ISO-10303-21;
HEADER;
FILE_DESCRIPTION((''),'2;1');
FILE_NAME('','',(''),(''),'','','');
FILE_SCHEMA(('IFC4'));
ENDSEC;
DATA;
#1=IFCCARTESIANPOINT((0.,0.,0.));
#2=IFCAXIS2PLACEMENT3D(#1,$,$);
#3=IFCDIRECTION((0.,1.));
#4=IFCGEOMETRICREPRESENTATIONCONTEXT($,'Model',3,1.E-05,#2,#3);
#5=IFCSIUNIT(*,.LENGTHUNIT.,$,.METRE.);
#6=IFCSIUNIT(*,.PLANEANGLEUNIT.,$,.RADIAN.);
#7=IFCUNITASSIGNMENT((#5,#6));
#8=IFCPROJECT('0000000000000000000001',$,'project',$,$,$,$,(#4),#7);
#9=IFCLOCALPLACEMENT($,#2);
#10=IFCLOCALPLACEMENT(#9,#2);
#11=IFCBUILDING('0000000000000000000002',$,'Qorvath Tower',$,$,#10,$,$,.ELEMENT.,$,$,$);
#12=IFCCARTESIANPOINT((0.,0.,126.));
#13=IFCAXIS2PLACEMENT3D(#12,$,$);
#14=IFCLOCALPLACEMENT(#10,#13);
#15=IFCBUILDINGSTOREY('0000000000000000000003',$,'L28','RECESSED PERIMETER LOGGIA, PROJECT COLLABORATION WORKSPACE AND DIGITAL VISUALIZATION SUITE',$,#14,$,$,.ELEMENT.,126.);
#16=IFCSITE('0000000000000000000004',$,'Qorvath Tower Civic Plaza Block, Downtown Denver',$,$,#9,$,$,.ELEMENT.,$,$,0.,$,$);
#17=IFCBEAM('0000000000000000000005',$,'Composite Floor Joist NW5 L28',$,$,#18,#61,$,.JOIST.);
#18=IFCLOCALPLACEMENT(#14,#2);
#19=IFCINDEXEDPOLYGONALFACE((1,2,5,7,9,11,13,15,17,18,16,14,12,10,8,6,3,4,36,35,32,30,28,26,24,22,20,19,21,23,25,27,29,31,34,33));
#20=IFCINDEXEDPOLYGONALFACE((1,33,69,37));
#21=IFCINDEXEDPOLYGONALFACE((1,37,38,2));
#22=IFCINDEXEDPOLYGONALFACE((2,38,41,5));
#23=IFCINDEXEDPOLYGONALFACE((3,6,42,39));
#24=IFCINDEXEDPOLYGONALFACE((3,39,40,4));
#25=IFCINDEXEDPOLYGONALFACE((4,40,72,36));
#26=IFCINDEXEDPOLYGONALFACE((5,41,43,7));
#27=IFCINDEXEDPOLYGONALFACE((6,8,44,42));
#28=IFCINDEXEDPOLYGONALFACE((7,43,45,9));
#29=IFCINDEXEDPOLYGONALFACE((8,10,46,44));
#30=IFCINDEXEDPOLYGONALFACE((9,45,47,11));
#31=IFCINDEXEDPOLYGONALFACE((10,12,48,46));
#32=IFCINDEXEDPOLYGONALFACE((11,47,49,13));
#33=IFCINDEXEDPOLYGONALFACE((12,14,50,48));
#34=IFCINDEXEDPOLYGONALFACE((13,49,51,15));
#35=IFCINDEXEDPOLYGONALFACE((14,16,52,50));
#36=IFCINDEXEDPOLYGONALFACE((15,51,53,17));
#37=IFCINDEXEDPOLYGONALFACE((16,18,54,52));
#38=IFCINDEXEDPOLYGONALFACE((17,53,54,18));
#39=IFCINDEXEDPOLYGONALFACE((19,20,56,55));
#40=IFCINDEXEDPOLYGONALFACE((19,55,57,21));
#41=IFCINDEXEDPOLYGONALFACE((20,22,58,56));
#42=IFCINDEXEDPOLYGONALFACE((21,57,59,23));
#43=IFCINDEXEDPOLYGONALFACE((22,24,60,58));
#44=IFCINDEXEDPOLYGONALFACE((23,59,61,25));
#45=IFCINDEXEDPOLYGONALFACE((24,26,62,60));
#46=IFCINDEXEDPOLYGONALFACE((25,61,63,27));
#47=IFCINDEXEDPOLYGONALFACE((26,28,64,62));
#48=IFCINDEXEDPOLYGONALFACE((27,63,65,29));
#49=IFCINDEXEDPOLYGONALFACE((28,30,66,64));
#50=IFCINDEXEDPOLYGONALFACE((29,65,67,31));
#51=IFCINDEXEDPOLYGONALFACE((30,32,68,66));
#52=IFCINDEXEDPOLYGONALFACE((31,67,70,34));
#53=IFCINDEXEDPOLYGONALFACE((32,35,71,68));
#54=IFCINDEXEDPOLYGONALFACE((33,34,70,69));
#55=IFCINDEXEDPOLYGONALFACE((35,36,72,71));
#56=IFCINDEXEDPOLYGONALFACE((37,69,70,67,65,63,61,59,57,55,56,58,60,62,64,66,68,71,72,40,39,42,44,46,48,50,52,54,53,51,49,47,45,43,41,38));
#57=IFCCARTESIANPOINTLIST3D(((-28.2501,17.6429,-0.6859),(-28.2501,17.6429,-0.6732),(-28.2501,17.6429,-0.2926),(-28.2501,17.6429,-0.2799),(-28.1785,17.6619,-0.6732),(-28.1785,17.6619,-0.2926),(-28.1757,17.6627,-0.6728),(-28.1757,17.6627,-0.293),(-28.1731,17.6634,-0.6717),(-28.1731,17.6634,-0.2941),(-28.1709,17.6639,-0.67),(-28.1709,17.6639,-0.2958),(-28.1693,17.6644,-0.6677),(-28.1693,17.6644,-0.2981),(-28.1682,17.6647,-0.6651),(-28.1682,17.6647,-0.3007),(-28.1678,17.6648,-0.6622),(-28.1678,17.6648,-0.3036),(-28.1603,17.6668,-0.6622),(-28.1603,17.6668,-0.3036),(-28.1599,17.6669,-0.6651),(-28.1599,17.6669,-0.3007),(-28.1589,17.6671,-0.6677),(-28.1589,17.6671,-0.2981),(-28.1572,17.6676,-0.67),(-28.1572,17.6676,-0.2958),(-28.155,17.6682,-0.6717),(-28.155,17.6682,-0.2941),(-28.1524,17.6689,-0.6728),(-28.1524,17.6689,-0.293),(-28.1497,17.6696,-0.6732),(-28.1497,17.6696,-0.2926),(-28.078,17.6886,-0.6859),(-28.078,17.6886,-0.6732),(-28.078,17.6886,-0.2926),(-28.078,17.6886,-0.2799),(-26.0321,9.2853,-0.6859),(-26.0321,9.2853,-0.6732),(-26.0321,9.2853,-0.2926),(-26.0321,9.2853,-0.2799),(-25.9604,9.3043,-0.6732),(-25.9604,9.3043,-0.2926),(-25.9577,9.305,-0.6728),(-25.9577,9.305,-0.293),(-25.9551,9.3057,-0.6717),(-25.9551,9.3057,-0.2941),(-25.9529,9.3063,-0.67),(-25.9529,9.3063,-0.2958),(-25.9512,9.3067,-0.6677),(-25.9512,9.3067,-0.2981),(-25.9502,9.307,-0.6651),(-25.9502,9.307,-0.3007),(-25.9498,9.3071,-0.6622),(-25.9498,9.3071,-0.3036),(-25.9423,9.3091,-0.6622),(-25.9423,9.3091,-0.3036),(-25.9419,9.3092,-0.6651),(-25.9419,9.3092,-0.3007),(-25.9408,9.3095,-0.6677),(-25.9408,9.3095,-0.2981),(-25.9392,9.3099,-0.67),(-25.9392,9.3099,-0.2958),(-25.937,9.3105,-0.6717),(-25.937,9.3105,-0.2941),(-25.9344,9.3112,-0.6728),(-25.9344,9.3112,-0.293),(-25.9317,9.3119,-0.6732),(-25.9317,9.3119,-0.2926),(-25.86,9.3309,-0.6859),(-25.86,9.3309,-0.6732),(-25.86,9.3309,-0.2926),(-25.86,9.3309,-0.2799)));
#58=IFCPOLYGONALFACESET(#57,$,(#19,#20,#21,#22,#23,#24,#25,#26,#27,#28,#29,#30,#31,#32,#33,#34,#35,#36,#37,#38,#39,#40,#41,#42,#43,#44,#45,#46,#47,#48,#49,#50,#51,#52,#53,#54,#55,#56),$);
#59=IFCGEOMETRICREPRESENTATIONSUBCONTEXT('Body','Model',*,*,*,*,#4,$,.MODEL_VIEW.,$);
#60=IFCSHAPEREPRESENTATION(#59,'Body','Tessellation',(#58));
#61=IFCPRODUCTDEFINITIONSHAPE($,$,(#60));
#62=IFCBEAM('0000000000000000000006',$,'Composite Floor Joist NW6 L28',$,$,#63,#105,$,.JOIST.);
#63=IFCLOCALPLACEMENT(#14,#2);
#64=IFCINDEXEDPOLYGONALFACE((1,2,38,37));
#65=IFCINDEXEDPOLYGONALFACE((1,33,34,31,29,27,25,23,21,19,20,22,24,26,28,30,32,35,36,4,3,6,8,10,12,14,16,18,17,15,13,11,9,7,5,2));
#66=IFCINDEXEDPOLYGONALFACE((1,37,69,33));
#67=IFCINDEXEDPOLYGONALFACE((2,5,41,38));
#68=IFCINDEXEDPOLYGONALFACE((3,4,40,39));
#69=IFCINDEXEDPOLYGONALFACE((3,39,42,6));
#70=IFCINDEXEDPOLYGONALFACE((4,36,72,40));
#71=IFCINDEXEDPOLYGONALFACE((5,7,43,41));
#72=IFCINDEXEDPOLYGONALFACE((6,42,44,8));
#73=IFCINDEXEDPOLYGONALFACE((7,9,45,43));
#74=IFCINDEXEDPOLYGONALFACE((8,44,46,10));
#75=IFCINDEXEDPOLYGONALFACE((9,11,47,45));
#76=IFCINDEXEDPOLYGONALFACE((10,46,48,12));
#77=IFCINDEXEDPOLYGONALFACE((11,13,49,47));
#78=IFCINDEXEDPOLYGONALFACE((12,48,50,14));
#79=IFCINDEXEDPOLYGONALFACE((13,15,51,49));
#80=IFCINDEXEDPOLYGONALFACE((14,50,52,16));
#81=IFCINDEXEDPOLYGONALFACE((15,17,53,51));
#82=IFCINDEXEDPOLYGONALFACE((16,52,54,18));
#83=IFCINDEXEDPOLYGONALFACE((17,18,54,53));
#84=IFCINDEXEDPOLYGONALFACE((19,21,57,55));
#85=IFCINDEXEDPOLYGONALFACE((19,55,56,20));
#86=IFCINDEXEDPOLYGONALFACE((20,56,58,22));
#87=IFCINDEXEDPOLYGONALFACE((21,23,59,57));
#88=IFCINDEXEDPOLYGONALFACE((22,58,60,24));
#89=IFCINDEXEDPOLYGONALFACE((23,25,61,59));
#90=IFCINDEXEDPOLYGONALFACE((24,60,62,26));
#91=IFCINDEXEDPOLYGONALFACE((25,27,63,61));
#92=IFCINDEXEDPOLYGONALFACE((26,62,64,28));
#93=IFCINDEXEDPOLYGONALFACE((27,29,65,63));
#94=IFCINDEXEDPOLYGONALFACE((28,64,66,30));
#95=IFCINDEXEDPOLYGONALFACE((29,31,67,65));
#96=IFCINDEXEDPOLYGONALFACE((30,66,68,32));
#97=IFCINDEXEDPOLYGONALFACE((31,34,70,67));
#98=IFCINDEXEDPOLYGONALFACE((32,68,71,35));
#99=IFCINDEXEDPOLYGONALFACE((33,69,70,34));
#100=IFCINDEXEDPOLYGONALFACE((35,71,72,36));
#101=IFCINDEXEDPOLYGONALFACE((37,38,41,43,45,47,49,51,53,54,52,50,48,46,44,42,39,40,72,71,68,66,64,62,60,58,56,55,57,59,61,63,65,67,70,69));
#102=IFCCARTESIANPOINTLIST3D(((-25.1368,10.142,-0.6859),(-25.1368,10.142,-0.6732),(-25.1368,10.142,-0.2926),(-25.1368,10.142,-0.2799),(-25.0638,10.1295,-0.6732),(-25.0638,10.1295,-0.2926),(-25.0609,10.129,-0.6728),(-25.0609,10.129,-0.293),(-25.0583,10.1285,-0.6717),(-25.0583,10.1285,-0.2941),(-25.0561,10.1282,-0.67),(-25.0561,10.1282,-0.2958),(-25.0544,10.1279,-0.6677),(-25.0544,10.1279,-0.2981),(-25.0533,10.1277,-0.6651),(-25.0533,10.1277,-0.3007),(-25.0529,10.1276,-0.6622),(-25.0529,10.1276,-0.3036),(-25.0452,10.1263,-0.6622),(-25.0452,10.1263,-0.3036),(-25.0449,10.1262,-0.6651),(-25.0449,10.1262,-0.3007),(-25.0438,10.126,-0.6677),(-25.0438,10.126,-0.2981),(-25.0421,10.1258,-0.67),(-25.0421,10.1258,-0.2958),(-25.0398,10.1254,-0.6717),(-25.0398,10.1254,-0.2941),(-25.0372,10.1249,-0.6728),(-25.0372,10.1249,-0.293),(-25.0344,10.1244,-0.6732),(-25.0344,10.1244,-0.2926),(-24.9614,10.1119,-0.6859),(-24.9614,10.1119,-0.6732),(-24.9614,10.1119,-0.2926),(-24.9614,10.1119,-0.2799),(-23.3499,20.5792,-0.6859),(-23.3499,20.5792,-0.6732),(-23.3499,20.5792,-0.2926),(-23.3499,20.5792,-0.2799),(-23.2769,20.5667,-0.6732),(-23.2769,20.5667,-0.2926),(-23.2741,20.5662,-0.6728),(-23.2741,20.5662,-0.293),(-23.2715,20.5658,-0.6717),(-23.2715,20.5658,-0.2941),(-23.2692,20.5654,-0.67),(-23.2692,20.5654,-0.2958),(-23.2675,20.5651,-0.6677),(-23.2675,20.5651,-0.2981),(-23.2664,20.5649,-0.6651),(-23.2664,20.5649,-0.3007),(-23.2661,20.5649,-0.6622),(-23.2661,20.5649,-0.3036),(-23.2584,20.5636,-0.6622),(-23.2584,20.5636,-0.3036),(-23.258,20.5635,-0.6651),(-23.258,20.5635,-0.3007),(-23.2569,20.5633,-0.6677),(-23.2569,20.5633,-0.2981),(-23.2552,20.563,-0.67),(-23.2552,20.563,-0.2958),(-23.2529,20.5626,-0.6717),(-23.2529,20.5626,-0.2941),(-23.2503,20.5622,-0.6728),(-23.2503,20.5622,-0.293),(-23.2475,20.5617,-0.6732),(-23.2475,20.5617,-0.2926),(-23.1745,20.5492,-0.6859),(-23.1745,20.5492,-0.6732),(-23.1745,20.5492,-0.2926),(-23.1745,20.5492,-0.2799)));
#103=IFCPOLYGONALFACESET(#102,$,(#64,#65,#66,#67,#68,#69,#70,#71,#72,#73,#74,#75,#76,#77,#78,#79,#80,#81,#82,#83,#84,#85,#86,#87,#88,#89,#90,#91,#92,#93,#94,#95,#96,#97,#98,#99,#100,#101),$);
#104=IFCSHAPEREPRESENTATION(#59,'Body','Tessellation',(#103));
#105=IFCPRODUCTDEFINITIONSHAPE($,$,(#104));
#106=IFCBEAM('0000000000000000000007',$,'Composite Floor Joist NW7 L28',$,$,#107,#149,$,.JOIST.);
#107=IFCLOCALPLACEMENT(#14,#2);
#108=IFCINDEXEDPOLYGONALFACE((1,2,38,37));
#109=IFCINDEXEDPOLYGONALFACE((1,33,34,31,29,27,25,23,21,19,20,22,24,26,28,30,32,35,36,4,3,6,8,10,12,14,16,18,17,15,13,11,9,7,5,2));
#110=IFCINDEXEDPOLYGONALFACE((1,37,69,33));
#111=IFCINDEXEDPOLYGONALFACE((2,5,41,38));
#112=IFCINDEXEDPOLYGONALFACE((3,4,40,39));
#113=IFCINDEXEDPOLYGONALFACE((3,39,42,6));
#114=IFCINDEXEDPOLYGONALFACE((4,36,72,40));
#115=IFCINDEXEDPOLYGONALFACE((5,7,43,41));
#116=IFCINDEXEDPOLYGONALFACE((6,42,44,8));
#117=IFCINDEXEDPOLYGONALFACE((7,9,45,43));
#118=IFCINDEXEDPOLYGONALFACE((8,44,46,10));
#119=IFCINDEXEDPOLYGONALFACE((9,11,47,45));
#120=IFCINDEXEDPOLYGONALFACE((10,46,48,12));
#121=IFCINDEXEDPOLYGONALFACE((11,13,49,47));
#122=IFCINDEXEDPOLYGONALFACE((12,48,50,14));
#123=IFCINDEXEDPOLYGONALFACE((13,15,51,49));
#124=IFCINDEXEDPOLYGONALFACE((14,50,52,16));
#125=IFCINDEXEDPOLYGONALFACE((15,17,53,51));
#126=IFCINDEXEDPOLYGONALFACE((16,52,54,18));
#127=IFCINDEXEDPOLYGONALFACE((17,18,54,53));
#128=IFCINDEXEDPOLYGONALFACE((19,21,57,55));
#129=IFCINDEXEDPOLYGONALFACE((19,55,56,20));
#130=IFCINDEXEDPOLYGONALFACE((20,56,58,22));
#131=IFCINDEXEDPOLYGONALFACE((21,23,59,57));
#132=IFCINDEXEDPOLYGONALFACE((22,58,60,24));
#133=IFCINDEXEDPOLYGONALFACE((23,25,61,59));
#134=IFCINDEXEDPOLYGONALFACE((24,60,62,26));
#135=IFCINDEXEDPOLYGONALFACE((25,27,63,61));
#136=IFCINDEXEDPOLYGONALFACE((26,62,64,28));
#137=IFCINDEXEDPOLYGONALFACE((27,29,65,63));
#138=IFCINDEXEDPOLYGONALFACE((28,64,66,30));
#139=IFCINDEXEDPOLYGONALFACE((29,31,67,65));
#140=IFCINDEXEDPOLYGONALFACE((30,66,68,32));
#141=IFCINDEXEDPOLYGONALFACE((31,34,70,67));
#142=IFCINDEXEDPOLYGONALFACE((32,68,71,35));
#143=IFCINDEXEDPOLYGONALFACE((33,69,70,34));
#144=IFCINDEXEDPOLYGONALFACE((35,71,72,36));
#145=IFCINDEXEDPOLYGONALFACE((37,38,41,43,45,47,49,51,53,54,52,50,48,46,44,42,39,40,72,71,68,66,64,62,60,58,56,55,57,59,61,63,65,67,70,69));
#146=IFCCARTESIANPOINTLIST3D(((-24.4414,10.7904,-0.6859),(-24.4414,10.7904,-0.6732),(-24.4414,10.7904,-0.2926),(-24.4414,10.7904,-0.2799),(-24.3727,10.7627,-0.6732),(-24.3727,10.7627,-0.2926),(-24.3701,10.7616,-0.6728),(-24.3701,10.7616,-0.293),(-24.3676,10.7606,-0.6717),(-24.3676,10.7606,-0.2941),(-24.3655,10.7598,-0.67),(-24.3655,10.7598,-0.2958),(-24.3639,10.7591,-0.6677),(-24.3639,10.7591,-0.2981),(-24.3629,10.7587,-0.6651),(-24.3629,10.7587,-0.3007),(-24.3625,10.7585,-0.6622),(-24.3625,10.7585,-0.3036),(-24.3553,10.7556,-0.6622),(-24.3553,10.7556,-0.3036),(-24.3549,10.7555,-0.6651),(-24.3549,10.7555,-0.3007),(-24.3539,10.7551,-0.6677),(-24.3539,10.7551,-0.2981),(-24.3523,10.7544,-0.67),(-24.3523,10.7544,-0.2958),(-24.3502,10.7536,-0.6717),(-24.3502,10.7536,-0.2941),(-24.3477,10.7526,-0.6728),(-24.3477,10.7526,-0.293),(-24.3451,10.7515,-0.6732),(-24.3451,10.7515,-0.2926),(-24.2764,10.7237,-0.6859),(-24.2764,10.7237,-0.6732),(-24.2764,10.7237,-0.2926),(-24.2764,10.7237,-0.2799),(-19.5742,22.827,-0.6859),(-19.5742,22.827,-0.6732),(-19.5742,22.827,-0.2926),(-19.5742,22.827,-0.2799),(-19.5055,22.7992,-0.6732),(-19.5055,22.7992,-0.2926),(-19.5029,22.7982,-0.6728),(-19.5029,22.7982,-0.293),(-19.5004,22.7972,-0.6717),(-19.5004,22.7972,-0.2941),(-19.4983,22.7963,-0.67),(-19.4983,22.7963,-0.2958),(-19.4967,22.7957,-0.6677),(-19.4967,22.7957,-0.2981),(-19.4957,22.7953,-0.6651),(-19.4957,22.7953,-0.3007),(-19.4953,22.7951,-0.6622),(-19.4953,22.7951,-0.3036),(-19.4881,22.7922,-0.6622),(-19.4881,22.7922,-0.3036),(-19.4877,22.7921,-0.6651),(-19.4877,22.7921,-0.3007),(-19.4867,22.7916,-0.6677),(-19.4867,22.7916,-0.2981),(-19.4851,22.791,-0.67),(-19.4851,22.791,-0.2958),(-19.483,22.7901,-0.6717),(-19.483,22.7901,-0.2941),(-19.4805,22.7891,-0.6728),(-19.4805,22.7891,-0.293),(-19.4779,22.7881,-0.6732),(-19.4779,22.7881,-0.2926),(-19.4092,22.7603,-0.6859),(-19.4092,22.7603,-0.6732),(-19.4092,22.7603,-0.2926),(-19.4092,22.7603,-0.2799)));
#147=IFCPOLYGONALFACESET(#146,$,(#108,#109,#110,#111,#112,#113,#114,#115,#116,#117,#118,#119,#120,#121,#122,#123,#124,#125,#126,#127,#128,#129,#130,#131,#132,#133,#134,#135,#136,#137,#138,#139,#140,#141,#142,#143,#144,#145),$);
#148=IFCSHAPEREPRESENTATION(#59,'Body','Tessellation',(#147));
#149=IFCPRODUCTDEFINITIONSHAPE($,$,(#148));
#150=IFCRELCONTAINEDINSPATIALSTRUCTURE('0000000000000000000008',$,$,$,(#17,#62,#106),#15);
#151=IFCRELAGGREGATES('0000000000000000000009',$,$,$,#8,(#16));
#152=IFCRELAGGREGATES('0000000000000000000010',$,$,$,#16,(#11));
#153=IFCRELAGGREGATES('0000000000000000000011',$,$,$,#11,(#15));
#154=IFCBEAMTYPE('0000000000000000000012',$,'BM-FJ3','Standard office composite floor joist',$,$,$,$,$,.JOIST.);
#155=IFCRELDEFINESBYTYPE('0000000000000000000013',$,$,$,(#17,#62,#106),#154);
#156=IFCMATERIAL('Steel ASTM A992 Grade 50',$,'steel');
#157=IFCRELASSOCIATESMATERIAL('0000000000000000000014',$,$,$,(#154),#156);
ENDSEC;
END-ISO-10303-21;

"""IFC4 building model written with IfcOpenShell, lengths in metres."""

from ifc_helpers import new_model, si_unit, direction, frame, origin, origin_2d, place, context, subcontext, project, spatial, i_section, extrude, material, material_profile, profile_set, type_object, element, save


model = new_model("IFC4")

# Units and contexts
model_context = context("Model", 3, precision=1e-05, world=origin(), true_north=direction((0.0, 1.0)))
body_context = subcontext(model_context, "Body", "Model", "MODEL_VIEW")
ifc_project = project(units=[si_unit("LENGTHUNIT", "METRE"), si_unit("PLANEANGLEUNIT", "RADIAN")], contexts=[model_context])

# Site, building, storey
site_placement = place(None, origin())
site = spatial("IfcSite", under=ifc_project, at=site_placement, Name="Qorvath Tower Civic Plaza Block, Downtown Denver", CompositionType="ELEMENT", RefElevation=0.0)
building_placement = place(site_placement, origin())
building = spatial("IfcBuilding", under=site, at=building_placement, Name="Qorvath Tower", CompositionType="ELEMENT")
storey_placement = place(building_placement, frame((0.0, 0.0, 126.0)))
storey = spatial("IfcBuildingStorey", under=building, at=storey_placement, Name="L28", Description="RECESSED PERIMETER LOGGIA, PROJECT COLLABORATION WORKSPACE AND DIGITAL VISUALIZATION SUITE", CompositionType="ELEMENT", Elevation=126.0)

# Beams
ifc_material_1 = material(Name="Steel ASTM A992 Grade 50", Category="steel")
ifc_material_profile_1 = material_profile(ifc_material_1, i_section(OverallWidth=0.178, OverallDepth=0.406, WebThickness=0.0078, FlangeThickness=0.0127, FilletRadius=0.011, at=origin_2d()), Name="W16x40")
ifc_profile_set_1 = profile_set([ifc_material_profile_1], Name="Steel ASTM A992 Grade 50")
beam_type_1 = type_object("IfcBeamType", Name="BM-FJ3", Description="Standard office composite floor joist", PredefinedType="JOIST", material=ifc_profile_set_1)
beam_1_placement = place(storey_placement, frame((-25.946, 9.3081, -0.4829), z_axis=(-0.256508, 0.966542, 0.0), x_axis=(-0.966542, -0.256508, 0.0)))
element("IfcBeam", 1, at=beam_1_placement, inside=storey, type_object=beam_type_1, Name="Composite Floor Joist NW5 L28", PredefinedType="JOIST", context=body_context, shape_type="SweptSolid", body=[
    extrude(i_section(OverallWidth=0.178, OverallDepth=0.406, WebThickness=0.0078, FlangeThickness=0.0127, FilletRadius=0.011, at=origin_2d()), origin(), (0.0, 0.0, 1.0), 8.647),
])
beam_2_placement = place(storey_placement, frame((-25.0491, 10.127, -0.4829), z_axis=(0.168746, 0.98566, 0.0), x_axis=(-0.98566, 0.168746, 0.0)))
element("IfcBeam", 2, at=beam_2_placement, inside=storey, type_object=beam_type_1, Name="Composite Floor Joist NW6 L28", PredefinedType="JOIST", context=body_context, shape_type="SweptSolid", body=[
    extrude(i_section(OverallWidth=0.178, OverallDepth=0.406, WebThickness=0.0078, FlangeThickness=0.0127, FilletRadius=0.011, at=origin_2d()), origin(), (0.0, 0.0, 1.0), 10.5891),
])
beam_3_placement = place(storey_placement, frame((-24.3589, 10.7571, -0.4829), z_axis=(0.374877, 0.927075, 0.0), x_axis=(-0.927075, 0.374877, 0.0)))
element("IfcBeam", 3, at=beam_3_placement, inside=storey, type_object=beam_type_1, Name="Composite Floor Joist NW7 L28", PredefinedType="JOIST", context=body_context, shape_type="SweptSolid", body=[
    extrude(i_section(OverallWidth=0.178, OverallDepth=0.406, WebThickness=0.0078, FlangeThickness=0.0127, FilletRadius=0.011, at=origin_2d()), origin(), (0.0, 0.0, 1.0), 12.9834),
])

save(model, "model.ifc")
